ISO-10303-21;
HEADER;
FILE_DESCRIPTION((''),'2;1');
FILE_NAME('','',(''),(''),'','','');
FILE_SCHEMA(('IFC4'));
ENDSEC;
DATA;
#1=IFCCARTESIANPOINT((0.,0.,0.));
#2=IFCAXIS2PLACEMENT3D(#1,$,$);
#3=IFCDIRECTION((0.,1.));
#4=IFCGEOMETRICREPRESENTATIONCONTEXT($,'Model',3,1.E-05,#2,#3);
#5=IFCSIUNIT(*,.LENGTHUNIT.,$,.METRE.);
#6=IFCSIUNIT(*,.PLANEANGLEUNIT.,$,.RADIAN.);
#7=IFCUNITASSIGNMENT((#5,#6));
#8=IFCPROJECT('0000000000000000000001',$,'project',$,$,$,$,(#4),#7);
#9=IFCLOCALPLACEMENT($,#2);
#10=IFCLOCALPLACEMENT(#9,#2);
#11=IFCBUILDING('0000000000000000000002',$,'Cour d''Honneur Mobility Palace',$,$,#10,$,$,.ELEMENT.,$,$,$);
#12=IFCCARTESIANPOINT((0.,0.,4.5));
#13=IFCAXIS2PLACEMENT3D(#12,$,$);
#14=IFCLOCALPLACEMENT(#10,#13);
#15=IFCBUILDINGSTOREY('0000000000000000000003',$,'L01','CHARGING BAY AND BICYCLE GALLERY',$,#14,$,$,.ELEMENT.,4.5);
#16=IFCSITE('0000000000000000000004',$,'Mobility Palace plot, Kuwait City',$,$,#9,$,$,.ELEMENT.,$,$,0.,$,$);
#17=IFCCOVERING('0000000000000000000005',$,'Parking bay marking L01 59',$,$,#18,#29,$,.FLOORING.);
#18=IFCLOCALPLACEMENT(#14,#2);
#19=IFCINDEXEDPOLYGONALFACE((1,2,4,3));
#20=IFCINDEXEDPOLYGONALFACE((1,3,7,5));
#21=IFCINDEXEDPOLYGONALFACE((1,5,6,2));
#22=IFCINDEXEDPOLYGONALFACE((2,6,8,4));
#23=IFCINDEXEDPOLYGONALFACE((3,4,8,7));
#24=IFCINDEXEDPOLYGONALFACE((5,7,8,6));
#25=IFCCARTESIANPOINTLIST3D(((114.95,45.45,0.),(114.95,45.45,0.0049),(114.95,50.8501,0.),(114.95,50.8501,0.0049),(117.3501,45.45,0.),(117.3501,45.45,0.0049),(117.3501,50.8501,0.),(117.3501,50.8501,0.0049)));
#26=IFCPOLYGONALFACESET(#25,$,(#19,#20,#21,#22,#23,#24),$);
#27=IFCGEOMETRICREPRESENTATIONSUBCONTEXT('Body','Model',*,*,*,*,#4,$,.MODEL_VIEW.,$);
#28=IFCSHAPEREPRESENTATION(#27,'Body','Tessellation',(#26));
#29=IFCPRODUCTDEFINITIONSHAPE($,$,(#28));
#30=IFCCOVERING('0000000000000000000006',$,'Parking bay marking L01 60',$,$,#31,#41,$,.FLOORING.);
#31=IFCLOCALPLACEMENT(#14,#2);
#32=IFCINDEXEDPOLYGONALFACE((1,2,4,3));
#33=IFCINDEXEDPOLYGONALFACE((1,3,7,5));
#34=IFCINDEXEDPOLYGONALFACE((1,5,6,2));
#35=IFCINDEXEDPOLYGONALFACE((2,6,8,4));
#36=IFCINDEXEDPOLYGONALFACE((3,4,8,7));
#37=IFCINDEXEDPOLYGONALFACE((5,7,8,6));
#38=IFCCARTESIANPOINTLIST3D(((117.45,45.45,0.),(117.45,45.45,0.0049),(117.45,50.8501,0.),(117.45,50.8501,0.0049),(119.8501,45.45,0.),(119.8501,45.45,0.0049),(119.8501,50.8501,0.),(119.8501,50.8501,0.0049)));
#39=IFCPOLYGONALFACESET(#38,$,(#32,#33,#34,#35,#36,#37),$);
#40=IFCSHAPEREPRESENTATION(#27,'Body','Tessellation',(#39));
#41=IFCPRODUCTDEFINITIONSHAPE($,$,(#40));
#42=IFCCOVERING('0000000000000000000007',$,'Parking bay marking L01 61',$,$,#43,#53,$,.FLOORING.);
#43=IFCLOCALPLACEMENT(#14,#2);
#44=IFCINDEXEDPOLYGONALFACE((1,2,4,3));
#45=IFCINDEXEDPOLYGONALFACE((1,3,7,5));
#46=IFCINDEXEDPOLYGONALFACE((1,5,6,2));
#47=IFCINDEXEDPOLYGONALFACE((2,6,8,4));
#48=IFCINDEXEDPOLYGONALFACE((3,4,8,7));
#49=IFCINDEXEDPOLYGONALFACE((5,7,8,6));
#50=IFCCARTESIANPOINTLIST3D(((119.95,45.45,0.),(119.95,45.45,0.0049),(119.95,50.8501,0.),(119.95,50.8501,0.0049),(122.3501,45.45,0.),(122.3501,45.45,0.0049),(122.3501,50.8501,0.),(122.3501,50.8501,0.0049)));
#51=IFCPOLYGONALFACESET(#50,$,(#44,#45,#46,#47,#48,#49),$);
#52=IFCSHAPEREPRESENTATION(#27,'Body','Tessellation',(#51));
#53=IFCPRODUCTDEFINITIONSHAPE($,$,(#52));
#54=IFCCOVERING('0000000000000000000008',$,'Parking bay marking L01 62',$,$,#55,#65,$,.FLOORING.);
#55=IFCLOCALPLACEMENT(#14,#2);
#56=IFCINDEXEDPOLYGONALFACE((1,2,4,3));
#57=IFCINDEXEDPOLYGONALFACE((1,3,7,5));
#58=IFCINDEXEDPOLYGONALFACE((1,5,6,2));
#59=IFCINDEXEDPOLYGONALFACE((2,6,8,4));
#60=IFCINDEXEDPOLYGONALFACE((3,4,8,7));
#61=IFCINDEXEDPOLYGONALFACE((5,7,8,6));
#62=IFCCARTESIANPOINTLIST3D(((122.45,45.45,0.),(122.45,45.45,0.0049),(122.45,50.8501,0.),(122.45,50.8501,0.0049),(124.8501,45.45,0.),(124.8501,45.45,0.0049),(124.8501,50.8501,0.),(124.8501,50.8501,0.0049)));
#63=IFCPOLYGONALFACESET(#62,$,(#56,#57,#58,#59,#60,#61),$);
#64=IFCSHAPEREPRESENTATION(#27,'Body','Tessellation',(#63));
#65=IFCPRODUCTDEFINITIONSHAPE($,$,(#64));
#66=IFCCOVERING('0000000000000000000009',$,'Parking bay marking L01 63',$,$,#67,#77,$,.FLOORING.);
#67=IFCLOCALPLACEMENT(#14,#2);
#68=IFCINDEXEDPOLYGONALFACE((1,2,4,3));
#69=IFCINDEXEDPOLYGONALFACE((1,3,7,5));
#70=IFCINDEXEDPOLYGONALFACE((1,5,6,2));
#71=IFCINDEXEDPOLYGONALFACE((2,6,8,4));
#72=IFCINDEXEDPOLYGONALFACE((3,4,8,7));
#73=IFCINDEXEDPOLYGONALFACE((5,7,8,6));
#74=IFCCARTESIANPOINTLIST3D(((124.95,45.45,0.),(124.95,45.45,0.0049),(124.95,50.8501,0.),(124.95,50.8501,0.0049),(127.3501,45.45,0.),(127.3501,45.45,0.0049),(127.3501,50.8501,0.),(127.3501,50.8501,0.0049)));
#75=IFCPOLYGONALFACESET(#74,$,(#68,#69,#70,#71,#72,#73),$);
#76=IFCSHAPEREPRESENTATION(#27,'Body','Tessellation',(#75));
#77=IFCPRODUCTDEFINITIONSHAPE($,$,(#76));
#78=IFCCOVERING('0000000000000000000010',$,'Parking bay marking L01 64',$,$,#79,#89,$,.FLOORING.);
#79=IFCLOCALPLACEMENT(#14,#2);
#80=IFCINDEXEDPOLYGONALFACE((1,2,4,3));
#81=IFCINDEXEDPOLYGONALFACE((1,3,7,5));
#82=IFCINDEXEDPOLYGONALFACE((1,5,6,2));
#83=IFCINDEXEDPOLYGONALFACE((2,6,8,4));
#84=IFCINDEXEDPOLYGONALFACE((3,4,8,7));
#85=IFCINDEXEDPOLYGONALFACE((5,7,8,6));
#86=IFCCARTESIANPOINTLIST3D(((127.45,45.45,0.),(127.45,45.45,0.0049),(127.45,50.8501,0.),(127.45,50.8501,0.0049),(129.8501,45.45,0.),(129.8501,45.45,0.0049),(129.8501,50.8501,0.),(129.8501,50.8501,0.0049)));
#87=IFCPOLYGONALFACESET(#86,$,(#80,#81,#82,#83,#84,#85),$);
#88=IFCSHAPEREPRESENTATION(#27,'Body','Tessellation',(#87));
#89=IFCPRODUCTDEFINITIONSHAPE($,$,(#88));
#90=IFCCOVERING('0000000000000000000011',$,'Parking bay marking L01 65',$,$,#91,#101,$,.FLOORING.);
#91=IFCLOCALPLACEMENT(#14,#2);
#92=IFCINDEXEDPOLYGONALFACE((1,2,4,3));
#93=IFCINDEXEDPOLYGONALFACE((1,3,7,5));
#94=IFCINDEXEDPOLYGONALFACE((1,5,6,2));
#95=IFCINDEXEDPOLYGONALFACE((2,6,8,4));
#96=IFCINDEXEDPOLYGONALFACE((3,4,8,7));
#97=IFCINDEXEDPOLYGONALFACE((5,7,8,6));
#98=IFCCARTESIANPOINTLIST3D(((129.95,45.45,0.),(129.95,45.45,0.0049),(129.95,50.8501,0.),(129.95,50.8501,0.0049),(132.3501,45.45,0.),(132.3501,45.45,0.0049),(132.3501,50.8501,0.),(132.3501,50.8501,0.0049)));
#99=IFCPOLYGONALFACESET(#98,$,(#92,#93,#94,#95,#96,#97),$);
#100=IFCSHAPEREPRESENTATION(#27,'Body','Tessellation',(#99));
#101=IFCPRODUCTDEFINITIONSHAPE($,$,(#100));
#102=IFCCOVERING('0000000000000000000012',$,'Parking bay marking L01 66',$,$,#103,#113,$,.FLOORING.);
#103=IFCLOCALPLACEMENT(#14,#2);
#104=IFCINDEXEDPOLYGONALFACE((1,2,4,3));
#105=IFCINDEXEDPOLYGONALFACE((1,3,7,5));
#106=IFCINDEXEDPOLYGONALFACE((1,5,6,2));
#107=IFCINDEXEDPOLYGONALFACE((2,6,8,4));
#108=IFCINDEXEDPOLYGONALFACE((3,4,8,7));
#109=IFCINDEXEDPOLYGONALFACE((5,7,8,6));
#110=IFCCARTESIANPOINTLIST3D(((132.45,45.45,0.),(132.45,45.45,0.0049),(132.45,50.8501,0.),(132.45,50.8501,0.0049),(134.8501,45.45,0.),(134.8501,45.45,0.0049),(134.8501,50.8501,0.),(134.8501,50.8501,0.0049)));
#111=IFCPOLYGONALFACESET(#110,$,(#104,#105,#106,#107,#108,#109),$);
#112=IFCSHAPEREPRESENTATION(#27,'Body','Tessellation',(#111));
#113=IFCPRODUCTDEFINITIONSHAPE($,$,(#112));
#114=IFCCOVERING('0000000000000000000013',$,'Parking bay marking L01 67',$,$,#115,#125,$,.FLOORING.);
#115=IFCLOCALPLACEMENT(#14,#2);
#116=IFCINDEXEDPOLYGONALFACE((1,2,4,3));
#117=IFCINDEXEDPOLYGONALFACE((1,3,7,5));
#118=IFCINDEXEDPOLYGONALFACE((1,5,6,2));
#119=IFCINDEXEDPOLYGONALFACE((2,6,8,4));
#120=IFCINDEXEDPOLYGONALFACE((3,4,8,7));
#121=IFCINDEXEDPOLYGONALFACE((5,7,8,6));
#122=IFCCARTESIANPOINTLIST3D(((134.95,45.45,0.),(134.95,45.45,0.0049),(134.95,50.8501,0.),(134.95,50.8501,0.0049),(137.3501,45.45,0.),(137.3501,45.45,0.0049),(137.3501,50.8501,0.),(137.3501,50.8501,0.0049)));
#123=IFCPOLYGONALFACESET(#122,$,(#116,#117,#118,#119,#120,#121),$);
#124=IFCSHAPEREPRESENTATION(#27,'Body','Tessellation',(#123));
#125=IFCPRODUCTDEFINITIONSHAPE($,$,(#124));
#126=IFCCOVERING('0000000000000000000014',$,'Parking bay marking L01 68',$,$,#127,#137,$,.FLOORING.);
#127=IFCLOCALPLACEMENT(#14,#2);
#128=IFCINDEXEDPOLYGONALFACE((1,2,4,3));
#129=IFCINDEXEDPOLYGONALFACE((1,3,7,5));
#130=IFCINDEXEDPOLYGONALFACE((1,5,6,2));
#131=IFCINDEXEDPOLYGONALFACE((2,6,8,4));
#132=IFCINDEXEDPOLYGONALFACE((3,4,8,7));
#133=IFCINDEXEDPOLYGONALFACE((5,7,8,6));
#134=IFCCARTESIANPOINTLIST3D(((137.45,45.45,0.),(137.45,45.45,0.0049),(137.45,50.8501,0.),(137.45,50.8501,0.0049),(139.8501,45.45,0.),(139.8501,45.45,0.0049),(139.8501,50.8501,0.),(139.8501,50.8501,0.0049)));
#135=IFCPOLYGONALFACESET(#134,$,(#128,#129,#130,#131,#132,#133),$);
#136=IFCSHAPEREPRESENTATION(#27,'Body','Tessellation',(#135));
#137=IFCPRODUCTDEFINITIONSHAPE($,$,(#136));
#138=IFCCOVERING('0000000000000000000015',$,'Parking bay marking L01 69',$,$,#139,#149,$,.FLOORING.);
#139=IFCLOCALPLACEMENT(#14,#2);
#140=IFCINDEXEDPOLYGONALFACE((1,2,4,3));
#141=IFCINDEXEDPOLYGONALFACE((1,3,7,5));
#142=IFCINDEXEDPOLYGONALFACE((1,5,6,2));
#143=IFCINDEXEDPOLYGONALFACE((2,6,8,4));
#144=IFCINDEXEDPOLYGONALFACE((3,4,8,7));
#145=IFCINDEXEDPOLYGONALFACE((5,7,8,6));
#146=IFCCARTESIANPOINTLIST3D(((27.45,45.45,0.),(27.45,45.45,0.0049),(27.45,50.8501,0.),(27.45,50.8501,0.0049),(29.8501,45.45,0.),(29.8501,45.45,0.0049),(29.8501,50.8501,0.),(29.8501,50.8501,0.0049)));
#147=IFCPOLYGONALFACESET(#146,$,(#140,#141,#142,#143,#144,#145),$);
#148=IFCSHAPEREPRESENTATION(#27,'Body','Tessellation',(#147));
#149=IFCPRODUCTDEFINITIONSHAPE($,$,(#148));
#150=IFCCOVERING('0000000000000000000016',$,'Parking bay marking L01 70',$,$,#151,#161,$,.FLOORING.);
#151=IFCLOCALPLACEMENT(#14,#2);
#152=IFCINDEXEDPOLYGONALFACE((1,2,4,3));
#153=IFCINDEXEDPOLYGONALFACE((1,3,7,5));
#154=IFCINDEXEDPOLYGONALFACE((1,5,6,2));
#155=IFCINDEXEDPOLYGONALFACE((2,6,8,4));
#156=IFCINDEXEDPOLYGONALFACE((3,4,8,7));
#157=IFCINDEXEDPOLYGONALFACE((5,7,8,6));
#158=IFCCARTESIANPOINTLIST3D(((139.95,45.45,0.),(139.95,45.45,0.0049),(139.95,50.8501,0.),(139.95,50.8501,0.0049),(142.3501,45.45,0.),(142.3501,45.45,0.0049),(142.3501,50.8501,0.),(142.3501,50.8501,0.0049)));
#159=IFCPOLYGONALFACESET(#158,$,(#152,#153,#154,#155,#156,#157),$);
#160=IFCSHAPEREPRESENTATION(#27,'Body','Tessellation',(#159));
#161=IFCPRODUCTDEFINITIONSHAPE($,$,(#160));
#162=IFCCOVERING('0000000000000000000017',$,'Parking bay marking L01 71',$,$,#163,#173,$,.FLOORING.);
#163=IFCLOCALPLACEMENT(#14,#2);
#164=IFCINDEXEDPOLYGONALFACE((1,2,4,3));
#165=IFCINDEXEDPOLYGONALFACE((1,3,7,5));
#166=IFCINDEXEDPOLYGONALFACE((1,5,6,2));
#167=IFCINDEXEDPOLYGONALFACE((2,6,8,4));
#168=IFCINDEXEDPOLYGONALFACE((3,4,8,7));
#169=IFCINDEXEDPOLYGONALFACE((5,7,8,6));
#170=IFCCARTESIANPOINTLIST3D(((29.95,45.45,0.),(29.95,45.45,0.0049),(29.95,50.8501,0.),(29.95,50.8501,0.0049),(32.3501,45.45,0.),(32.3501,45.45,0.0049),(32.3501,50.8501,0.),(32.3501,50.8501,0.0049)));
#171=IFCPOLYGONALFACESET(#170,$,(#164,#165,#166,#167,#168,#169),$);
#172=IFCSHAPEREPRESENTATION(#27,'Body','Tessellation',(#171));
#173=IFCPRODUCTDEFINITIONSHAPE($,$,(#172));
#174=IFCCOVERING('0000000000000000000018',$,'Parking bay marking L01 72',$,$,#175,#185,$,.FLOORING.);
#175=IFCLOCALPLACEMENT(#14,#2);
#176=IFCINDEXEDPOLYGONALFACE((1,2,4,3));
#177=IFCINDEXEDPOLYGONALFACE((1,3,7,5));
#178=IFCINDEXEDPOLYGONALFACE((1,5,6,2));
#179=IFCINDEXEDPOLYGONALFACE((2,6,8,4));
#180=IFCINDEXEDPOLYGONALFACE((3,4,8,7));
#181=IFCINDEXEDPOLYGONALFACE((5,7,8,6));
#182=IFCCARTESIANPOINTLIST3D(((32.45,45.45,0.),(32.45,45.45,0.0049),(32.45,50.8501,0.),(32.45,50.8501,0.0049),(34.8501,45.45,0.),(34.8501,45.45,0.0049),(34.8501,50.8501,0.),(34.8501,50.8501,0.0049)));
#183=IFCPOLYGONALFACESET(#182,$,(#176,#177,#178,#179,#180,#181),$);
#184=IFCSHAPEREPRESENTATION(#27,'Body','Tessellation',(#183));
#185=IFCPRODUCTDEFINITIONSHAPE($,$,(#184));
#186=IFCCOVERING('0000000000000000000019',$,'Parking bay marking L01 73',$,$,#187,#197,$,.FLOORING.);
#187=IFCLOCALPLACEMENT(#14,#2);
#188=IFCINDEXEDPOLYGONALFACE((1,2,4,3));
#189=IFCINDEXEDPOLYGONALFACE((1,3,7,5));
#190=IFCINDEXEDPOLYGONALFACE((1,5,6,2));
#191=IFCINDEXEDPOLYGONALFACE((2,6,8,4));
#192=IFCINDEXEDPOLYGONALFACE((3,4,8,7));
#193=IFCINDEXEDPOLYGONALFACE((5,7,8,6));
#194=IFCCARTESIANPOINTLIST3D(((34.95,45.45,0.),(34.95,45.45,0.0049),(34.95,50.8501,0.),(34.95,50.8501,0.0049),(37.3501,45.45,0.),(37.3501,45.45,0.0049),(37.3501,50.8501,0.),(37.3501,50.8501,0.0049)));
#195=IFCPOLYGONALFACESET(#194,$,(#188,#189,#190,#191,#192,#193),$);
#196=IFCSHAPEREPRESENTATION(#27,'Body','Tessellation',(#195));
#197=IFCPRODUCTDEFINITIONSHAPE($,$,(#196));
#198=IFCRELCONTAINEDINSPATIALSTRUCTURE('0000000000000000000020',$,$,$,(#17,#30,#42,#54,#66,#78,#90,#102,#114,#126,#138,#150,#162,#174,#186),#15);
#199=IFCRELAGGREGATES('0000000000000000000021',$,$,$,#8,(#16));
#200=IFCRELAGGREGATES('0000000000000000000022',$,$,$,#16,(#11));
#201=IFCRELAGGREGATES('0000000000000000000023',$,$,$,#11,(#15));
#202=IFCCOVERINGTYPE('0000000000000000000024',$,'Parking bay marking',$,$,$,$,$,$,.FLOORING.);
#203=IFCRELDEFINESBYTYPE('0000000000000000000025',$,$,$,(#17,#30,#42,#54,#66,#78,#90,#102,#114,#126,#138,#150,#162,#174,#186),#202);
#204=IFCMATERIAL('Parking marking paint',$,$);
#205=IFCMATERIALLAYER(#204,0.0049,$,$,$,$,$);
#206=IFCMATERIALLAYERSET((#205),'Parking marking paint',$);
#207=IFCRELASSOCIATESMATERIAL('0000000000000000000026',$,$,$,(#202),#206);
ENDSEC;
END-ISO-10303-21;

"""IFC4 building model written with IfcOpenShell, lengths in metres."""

from ifc_helpers import new_model, si_unit, direction, frame, origin, place, context, subcontext, project, spatial, polyline, outline, extrude, material, layer, layer_set, type_object, element, save


model = new_model("IFC4")

# Units and contexts
model_context = context("Model", 3, precision=1e-05, world=origin(), true_north=direction((0.0, 1.0)))
body_context = subcontext(model_context, "Body", "Model", "MODEL_VIEW")
ifc_project = project(units=[si_unit("LENGTHUNIT", "METRE"), si_unit("PLANEANGLEUNIT", "RADIAN")], contexts=[model_context])

# Site, building, storey
site_placement = place(None, origin())
site = spatial("IfcSite", under=ifc_project, at=site_placement, Name="Mobility Palace plot, Kuwait City", CompositionType="ELEMENT", RefElevation=0.0)
building_placement = place(site_placement, origin())
building = spatial("IfcBuilding", under=site, at=building_placement, Name="Cour d'Honneur Mobility Palace", CompositionType="ELEMENT")
storey_placement = place(building_placement, frame((0.0, 0.0, 4.5)))
storey = spatial("IfcBuildingStorey", under=building, at=storey_placement, Name="L01", Description="CHARGING BAY AND BICYCLE GALLERY", CompositionType="ELEMENT", Elevation=4.5)

# Coverings
ifc_material_1 = material(Name="Parking marking paint")
ifc_layer = layer(ifc_material_1, 0.0049)
ifc_layer_set = layer_set([ifc_layer], Name="Parking marking paint")
covering_type = type_object("IfcCoveringType", Name="Parking bay marking", PredefinedType="FLOORING", material=ifc_layer_set)
covering_1_placement = place(storey_placement, origin())
element("IfcCovering", 1, at=covering_1_placement, inside=storey, type_object=covering_type, Name="Parking bay marking L01 59", PredefinedType="FLOORING", context=body_context, shape_type="SweptSolid", body=[
    extrude(outline(polyline([(117.3501, 45.45), (114.95, 45.45), (114.95, 50.8501), (117.3501, 50.8501), (117.3501, 45.45)])), origin(), (0.0, 0.0, 1.0), 0.0049),
])
covering_2_placement = place(storey_placement, origin())
element("IfcCovering", 2, at=covering_2_placement, inside=storey, type_object=covering_type, Name="Parking bay marking L01 60", PredefinedType="FLOORING", context=body_context, shape_type="SweptSolid", body=[
    extrude(outline(polyline([(119.8501, 45.45), (117.45, 45.45), (117.45, 50.8501), (119.8501, 50.8501), (119.8501, 45.45)])), origin(), (0.0, 0.0, 1.0), 0.0049),
])
covering_3_placement = place(storey_placement, origin())
element("IfcCovering", 3, at=covering_3_placement, inside=storey, type_object=covering_type, Name="Parking bay marking L01 61", PredefinedType="FLOORING", context=body_context, shape_type="SweptSolid", body=[
    extrude(outline(polyline([(122.3501, 45.45), (119.95, 45.45), (119.95, 50.8501), (122.3501, 50.8501), (122.3501, 45.45)])), origin(), (0.0, 0.0, 1.0), 0.0049),
])
covering_4_placement = place(storey_placement, origin())
element("IfcCovering", 4, at=covering_4_placement, inside=storey, type_object=covering_type, Name="Parking bay marking L01 62", PredefinedType="FLOORING", context=body_context, shape_type="SweptSolid", body=[
    extrude(outline(polyline([(124.8501, 45.45), (122.45, 45.45), (122.45, 50.8501), (124.8501, 50.8501), (124.8501, 45.45)])), origin(), (0.0, 0.0, 1.0), 0.0049),
])
covering_5_placement = place(storey_placement, origin())
element("IfcCovering", 5, at=covering_5_placement, inside=storey, type_object=covering_type, Name="Parking bay marking L01 63", PredefinedType="FLOORING", context=body_context, shape_type="SweptSolid", body=[
    extrude(outline(polyline([(127.3501, 45.45), (124.95, 45.45), (124.95, 50.8501), (127.3501, 50.8501), (127.3501, 45.45)])), origin(), (0.0, 0.0, 1.0), 0.0049),
])
covering_6_placement = place(storey_placement, origin())
element("IfcCovering", 6, at=covering_6_placement, inside=storey, type_object=covering_type, Name="Parking bay marking L01 64", PredefinedType="FLOORING", context=body_context, shape_type="SweptSolid", body=[
    extrude(outline(polyline([(129.8501, 45.45), (127.45, 45.45), (127.45, 50.8501), (129.8501, 50.8501), (129.8501, 45.45)])), origin(), (0.0, 0.0, 1.0), 0.0049),
])
covering_7_placement = place(storey_placement, origin())
element("IfcCovering", 7, at=covering_7_placement, inside=storey, type_object=covering_type, Name="Parking bay marking L01 65", PredefinedType="FLOORING", context=body_context, shape_type="SweptSolid", body=[
    extrude(outline(polyline([(132.3501, 45.45), (129.95, 45.45), (129.95, 50.8501), (132.3501, 50.8501), (132.3501, 45.45)])), origin(), (0.0, 0.0, 1.0), 0.0049),
])
covering_8_placement = place(storey_placement, origin())
element("IfcCovering", 8, at=covering_8_placement, inside=storey, type_object=covering_type, Name="Parking bay marking L01 66", PredefinedType="FLOORING", context=body_context, shape_type="SweptSolid", body=[
    extrude(outline(polyline([(134.8501, 45.45), (132.45, 45.45), (132.45, 50.8501), (134.8501, 50.8501), (134.8501, 45.45)])), origin(), (0.0, 0.0, 1.0), 0.0049),
])
covering_9_placement = place(storey_placement, origin())
element("IfcCovering", 9, at=covering_9_placement, inside=storey, type_object=covering_type, Name="Parking bay marking L01 67", PredefinedType="FLOORING", context=body_context, shape_type="SweptSolid", body=[
    extrude(outline(polyline([(137.3501, 45.45), (134.95, 45.45), (134.95, 50.8501), (137.3501, 50.8501), (137.3501, 45.45)])), origin(), (0.0, 0.0, 1.0), 0.0049),
])
covering_10_placement = place(storey_placement, origin())
element("IfcCovering", 10, at=covering_10_placement, inside=storey, type_object=covering_type, Name="Parking bay marking L01 68", PredefinedType="FLOORING", context=body_context, shape_type="SweptSolid", body=[
    extrude(outline(polyline([(139.8501, 45.45), (137.45, 45.45), (137.45, 50.8501), (139.8501, 50.8501), (139.8501, 45.45)])), origin(), (0.0, 0.0, 1.0), 0.0049),
])
covering_11_placement = place(storey_placement, origin())
element("IfcCovering", 11, at=covering_11_placement, inside=storey, type_object=covering_type, Name="Parking bay marking L01 69", PredefinedType="FLOORING", context=body_context, shape_type="SweptSolid", body=[
    extrude(outline(polyline([(29.8501, 45.45), (27.45, 45.45), (27.45, 50.8501), (29.8501, 50.8501), (29.8501, 45.45)])), origin(), (0.0, 0.0, 1.0), 0.0049),
])
covering_12_placement = place(storey_placement, origin())
element("IfcCovering", 12, at=covering_12_placement, inside=storey, type_object=covering_type, Name="Parking bay marking L01 70", PredefinedType="FLOORING", context=body_context, shape_type="SweptSolid", body=[
    extrude(outline(polyline([(142.3501, 45.45), (139.95, 45.45), (139.95, 50.8501), (142.3501, 50.8501), (142.3501, 45.45)])), origin(), (0.0, 0.0, 1.0), 0.0049),
])
covering_13_placement = place(storey_placement, origin())
element("IfcCovering", 13, at=covering_13_placement, inside=storey, type_object=covering_type, Name="Parking bay marking L01 71", PredefinedType="FLOORING", context=body_context, shape_type="SweptSolid", body=[
    extrude(outline(polyline([(32.3501, 45.45), (29.95, 45.45), (29.95, 50.8501), (32.3501, 50.8501), (32.3501, 45.45)])), origin(), (0.0, 0.0, 1.0), 0.0049),
])
covering_14_placement = place(storey_placement, origin())
element("IfcCovering", 14, at=covering_14_placement, inside=storey, type_object=covering_type, Name="Parking bay marking L01 72", PredefinedType="FLOORING", context=body_context, shape_type="SweptSolid", body=[
    extrude(outline(polyline([(34.8501, 45.45), (32.45, 45.45), (32.45, 50.8501), (34.8501, 50.8501), (34.8501, 45.45)])), origin(), (0.0, 0.0, 1.0), 0.0049),
])
covering_15_placement = place(storey_placement, origin())
element("IfcCovering", 15, at=covering_15_placement, inside=storey, type_object=covering_type, Name="Parking bay marking L01 73", PredefinedType="FLOORING", context=body_context, shape_type="SweptSolid", body=[
    extrude(outline(polyline([(37.3501, 45.45), (34.95, 45.45), (34.95, 50.8501), (37.3501, 50.8501), (37.3501, 45.45)])), origin(), (0.0, 0.0, 1.0), 0.0049),
])

save(model, "model.ifc")
